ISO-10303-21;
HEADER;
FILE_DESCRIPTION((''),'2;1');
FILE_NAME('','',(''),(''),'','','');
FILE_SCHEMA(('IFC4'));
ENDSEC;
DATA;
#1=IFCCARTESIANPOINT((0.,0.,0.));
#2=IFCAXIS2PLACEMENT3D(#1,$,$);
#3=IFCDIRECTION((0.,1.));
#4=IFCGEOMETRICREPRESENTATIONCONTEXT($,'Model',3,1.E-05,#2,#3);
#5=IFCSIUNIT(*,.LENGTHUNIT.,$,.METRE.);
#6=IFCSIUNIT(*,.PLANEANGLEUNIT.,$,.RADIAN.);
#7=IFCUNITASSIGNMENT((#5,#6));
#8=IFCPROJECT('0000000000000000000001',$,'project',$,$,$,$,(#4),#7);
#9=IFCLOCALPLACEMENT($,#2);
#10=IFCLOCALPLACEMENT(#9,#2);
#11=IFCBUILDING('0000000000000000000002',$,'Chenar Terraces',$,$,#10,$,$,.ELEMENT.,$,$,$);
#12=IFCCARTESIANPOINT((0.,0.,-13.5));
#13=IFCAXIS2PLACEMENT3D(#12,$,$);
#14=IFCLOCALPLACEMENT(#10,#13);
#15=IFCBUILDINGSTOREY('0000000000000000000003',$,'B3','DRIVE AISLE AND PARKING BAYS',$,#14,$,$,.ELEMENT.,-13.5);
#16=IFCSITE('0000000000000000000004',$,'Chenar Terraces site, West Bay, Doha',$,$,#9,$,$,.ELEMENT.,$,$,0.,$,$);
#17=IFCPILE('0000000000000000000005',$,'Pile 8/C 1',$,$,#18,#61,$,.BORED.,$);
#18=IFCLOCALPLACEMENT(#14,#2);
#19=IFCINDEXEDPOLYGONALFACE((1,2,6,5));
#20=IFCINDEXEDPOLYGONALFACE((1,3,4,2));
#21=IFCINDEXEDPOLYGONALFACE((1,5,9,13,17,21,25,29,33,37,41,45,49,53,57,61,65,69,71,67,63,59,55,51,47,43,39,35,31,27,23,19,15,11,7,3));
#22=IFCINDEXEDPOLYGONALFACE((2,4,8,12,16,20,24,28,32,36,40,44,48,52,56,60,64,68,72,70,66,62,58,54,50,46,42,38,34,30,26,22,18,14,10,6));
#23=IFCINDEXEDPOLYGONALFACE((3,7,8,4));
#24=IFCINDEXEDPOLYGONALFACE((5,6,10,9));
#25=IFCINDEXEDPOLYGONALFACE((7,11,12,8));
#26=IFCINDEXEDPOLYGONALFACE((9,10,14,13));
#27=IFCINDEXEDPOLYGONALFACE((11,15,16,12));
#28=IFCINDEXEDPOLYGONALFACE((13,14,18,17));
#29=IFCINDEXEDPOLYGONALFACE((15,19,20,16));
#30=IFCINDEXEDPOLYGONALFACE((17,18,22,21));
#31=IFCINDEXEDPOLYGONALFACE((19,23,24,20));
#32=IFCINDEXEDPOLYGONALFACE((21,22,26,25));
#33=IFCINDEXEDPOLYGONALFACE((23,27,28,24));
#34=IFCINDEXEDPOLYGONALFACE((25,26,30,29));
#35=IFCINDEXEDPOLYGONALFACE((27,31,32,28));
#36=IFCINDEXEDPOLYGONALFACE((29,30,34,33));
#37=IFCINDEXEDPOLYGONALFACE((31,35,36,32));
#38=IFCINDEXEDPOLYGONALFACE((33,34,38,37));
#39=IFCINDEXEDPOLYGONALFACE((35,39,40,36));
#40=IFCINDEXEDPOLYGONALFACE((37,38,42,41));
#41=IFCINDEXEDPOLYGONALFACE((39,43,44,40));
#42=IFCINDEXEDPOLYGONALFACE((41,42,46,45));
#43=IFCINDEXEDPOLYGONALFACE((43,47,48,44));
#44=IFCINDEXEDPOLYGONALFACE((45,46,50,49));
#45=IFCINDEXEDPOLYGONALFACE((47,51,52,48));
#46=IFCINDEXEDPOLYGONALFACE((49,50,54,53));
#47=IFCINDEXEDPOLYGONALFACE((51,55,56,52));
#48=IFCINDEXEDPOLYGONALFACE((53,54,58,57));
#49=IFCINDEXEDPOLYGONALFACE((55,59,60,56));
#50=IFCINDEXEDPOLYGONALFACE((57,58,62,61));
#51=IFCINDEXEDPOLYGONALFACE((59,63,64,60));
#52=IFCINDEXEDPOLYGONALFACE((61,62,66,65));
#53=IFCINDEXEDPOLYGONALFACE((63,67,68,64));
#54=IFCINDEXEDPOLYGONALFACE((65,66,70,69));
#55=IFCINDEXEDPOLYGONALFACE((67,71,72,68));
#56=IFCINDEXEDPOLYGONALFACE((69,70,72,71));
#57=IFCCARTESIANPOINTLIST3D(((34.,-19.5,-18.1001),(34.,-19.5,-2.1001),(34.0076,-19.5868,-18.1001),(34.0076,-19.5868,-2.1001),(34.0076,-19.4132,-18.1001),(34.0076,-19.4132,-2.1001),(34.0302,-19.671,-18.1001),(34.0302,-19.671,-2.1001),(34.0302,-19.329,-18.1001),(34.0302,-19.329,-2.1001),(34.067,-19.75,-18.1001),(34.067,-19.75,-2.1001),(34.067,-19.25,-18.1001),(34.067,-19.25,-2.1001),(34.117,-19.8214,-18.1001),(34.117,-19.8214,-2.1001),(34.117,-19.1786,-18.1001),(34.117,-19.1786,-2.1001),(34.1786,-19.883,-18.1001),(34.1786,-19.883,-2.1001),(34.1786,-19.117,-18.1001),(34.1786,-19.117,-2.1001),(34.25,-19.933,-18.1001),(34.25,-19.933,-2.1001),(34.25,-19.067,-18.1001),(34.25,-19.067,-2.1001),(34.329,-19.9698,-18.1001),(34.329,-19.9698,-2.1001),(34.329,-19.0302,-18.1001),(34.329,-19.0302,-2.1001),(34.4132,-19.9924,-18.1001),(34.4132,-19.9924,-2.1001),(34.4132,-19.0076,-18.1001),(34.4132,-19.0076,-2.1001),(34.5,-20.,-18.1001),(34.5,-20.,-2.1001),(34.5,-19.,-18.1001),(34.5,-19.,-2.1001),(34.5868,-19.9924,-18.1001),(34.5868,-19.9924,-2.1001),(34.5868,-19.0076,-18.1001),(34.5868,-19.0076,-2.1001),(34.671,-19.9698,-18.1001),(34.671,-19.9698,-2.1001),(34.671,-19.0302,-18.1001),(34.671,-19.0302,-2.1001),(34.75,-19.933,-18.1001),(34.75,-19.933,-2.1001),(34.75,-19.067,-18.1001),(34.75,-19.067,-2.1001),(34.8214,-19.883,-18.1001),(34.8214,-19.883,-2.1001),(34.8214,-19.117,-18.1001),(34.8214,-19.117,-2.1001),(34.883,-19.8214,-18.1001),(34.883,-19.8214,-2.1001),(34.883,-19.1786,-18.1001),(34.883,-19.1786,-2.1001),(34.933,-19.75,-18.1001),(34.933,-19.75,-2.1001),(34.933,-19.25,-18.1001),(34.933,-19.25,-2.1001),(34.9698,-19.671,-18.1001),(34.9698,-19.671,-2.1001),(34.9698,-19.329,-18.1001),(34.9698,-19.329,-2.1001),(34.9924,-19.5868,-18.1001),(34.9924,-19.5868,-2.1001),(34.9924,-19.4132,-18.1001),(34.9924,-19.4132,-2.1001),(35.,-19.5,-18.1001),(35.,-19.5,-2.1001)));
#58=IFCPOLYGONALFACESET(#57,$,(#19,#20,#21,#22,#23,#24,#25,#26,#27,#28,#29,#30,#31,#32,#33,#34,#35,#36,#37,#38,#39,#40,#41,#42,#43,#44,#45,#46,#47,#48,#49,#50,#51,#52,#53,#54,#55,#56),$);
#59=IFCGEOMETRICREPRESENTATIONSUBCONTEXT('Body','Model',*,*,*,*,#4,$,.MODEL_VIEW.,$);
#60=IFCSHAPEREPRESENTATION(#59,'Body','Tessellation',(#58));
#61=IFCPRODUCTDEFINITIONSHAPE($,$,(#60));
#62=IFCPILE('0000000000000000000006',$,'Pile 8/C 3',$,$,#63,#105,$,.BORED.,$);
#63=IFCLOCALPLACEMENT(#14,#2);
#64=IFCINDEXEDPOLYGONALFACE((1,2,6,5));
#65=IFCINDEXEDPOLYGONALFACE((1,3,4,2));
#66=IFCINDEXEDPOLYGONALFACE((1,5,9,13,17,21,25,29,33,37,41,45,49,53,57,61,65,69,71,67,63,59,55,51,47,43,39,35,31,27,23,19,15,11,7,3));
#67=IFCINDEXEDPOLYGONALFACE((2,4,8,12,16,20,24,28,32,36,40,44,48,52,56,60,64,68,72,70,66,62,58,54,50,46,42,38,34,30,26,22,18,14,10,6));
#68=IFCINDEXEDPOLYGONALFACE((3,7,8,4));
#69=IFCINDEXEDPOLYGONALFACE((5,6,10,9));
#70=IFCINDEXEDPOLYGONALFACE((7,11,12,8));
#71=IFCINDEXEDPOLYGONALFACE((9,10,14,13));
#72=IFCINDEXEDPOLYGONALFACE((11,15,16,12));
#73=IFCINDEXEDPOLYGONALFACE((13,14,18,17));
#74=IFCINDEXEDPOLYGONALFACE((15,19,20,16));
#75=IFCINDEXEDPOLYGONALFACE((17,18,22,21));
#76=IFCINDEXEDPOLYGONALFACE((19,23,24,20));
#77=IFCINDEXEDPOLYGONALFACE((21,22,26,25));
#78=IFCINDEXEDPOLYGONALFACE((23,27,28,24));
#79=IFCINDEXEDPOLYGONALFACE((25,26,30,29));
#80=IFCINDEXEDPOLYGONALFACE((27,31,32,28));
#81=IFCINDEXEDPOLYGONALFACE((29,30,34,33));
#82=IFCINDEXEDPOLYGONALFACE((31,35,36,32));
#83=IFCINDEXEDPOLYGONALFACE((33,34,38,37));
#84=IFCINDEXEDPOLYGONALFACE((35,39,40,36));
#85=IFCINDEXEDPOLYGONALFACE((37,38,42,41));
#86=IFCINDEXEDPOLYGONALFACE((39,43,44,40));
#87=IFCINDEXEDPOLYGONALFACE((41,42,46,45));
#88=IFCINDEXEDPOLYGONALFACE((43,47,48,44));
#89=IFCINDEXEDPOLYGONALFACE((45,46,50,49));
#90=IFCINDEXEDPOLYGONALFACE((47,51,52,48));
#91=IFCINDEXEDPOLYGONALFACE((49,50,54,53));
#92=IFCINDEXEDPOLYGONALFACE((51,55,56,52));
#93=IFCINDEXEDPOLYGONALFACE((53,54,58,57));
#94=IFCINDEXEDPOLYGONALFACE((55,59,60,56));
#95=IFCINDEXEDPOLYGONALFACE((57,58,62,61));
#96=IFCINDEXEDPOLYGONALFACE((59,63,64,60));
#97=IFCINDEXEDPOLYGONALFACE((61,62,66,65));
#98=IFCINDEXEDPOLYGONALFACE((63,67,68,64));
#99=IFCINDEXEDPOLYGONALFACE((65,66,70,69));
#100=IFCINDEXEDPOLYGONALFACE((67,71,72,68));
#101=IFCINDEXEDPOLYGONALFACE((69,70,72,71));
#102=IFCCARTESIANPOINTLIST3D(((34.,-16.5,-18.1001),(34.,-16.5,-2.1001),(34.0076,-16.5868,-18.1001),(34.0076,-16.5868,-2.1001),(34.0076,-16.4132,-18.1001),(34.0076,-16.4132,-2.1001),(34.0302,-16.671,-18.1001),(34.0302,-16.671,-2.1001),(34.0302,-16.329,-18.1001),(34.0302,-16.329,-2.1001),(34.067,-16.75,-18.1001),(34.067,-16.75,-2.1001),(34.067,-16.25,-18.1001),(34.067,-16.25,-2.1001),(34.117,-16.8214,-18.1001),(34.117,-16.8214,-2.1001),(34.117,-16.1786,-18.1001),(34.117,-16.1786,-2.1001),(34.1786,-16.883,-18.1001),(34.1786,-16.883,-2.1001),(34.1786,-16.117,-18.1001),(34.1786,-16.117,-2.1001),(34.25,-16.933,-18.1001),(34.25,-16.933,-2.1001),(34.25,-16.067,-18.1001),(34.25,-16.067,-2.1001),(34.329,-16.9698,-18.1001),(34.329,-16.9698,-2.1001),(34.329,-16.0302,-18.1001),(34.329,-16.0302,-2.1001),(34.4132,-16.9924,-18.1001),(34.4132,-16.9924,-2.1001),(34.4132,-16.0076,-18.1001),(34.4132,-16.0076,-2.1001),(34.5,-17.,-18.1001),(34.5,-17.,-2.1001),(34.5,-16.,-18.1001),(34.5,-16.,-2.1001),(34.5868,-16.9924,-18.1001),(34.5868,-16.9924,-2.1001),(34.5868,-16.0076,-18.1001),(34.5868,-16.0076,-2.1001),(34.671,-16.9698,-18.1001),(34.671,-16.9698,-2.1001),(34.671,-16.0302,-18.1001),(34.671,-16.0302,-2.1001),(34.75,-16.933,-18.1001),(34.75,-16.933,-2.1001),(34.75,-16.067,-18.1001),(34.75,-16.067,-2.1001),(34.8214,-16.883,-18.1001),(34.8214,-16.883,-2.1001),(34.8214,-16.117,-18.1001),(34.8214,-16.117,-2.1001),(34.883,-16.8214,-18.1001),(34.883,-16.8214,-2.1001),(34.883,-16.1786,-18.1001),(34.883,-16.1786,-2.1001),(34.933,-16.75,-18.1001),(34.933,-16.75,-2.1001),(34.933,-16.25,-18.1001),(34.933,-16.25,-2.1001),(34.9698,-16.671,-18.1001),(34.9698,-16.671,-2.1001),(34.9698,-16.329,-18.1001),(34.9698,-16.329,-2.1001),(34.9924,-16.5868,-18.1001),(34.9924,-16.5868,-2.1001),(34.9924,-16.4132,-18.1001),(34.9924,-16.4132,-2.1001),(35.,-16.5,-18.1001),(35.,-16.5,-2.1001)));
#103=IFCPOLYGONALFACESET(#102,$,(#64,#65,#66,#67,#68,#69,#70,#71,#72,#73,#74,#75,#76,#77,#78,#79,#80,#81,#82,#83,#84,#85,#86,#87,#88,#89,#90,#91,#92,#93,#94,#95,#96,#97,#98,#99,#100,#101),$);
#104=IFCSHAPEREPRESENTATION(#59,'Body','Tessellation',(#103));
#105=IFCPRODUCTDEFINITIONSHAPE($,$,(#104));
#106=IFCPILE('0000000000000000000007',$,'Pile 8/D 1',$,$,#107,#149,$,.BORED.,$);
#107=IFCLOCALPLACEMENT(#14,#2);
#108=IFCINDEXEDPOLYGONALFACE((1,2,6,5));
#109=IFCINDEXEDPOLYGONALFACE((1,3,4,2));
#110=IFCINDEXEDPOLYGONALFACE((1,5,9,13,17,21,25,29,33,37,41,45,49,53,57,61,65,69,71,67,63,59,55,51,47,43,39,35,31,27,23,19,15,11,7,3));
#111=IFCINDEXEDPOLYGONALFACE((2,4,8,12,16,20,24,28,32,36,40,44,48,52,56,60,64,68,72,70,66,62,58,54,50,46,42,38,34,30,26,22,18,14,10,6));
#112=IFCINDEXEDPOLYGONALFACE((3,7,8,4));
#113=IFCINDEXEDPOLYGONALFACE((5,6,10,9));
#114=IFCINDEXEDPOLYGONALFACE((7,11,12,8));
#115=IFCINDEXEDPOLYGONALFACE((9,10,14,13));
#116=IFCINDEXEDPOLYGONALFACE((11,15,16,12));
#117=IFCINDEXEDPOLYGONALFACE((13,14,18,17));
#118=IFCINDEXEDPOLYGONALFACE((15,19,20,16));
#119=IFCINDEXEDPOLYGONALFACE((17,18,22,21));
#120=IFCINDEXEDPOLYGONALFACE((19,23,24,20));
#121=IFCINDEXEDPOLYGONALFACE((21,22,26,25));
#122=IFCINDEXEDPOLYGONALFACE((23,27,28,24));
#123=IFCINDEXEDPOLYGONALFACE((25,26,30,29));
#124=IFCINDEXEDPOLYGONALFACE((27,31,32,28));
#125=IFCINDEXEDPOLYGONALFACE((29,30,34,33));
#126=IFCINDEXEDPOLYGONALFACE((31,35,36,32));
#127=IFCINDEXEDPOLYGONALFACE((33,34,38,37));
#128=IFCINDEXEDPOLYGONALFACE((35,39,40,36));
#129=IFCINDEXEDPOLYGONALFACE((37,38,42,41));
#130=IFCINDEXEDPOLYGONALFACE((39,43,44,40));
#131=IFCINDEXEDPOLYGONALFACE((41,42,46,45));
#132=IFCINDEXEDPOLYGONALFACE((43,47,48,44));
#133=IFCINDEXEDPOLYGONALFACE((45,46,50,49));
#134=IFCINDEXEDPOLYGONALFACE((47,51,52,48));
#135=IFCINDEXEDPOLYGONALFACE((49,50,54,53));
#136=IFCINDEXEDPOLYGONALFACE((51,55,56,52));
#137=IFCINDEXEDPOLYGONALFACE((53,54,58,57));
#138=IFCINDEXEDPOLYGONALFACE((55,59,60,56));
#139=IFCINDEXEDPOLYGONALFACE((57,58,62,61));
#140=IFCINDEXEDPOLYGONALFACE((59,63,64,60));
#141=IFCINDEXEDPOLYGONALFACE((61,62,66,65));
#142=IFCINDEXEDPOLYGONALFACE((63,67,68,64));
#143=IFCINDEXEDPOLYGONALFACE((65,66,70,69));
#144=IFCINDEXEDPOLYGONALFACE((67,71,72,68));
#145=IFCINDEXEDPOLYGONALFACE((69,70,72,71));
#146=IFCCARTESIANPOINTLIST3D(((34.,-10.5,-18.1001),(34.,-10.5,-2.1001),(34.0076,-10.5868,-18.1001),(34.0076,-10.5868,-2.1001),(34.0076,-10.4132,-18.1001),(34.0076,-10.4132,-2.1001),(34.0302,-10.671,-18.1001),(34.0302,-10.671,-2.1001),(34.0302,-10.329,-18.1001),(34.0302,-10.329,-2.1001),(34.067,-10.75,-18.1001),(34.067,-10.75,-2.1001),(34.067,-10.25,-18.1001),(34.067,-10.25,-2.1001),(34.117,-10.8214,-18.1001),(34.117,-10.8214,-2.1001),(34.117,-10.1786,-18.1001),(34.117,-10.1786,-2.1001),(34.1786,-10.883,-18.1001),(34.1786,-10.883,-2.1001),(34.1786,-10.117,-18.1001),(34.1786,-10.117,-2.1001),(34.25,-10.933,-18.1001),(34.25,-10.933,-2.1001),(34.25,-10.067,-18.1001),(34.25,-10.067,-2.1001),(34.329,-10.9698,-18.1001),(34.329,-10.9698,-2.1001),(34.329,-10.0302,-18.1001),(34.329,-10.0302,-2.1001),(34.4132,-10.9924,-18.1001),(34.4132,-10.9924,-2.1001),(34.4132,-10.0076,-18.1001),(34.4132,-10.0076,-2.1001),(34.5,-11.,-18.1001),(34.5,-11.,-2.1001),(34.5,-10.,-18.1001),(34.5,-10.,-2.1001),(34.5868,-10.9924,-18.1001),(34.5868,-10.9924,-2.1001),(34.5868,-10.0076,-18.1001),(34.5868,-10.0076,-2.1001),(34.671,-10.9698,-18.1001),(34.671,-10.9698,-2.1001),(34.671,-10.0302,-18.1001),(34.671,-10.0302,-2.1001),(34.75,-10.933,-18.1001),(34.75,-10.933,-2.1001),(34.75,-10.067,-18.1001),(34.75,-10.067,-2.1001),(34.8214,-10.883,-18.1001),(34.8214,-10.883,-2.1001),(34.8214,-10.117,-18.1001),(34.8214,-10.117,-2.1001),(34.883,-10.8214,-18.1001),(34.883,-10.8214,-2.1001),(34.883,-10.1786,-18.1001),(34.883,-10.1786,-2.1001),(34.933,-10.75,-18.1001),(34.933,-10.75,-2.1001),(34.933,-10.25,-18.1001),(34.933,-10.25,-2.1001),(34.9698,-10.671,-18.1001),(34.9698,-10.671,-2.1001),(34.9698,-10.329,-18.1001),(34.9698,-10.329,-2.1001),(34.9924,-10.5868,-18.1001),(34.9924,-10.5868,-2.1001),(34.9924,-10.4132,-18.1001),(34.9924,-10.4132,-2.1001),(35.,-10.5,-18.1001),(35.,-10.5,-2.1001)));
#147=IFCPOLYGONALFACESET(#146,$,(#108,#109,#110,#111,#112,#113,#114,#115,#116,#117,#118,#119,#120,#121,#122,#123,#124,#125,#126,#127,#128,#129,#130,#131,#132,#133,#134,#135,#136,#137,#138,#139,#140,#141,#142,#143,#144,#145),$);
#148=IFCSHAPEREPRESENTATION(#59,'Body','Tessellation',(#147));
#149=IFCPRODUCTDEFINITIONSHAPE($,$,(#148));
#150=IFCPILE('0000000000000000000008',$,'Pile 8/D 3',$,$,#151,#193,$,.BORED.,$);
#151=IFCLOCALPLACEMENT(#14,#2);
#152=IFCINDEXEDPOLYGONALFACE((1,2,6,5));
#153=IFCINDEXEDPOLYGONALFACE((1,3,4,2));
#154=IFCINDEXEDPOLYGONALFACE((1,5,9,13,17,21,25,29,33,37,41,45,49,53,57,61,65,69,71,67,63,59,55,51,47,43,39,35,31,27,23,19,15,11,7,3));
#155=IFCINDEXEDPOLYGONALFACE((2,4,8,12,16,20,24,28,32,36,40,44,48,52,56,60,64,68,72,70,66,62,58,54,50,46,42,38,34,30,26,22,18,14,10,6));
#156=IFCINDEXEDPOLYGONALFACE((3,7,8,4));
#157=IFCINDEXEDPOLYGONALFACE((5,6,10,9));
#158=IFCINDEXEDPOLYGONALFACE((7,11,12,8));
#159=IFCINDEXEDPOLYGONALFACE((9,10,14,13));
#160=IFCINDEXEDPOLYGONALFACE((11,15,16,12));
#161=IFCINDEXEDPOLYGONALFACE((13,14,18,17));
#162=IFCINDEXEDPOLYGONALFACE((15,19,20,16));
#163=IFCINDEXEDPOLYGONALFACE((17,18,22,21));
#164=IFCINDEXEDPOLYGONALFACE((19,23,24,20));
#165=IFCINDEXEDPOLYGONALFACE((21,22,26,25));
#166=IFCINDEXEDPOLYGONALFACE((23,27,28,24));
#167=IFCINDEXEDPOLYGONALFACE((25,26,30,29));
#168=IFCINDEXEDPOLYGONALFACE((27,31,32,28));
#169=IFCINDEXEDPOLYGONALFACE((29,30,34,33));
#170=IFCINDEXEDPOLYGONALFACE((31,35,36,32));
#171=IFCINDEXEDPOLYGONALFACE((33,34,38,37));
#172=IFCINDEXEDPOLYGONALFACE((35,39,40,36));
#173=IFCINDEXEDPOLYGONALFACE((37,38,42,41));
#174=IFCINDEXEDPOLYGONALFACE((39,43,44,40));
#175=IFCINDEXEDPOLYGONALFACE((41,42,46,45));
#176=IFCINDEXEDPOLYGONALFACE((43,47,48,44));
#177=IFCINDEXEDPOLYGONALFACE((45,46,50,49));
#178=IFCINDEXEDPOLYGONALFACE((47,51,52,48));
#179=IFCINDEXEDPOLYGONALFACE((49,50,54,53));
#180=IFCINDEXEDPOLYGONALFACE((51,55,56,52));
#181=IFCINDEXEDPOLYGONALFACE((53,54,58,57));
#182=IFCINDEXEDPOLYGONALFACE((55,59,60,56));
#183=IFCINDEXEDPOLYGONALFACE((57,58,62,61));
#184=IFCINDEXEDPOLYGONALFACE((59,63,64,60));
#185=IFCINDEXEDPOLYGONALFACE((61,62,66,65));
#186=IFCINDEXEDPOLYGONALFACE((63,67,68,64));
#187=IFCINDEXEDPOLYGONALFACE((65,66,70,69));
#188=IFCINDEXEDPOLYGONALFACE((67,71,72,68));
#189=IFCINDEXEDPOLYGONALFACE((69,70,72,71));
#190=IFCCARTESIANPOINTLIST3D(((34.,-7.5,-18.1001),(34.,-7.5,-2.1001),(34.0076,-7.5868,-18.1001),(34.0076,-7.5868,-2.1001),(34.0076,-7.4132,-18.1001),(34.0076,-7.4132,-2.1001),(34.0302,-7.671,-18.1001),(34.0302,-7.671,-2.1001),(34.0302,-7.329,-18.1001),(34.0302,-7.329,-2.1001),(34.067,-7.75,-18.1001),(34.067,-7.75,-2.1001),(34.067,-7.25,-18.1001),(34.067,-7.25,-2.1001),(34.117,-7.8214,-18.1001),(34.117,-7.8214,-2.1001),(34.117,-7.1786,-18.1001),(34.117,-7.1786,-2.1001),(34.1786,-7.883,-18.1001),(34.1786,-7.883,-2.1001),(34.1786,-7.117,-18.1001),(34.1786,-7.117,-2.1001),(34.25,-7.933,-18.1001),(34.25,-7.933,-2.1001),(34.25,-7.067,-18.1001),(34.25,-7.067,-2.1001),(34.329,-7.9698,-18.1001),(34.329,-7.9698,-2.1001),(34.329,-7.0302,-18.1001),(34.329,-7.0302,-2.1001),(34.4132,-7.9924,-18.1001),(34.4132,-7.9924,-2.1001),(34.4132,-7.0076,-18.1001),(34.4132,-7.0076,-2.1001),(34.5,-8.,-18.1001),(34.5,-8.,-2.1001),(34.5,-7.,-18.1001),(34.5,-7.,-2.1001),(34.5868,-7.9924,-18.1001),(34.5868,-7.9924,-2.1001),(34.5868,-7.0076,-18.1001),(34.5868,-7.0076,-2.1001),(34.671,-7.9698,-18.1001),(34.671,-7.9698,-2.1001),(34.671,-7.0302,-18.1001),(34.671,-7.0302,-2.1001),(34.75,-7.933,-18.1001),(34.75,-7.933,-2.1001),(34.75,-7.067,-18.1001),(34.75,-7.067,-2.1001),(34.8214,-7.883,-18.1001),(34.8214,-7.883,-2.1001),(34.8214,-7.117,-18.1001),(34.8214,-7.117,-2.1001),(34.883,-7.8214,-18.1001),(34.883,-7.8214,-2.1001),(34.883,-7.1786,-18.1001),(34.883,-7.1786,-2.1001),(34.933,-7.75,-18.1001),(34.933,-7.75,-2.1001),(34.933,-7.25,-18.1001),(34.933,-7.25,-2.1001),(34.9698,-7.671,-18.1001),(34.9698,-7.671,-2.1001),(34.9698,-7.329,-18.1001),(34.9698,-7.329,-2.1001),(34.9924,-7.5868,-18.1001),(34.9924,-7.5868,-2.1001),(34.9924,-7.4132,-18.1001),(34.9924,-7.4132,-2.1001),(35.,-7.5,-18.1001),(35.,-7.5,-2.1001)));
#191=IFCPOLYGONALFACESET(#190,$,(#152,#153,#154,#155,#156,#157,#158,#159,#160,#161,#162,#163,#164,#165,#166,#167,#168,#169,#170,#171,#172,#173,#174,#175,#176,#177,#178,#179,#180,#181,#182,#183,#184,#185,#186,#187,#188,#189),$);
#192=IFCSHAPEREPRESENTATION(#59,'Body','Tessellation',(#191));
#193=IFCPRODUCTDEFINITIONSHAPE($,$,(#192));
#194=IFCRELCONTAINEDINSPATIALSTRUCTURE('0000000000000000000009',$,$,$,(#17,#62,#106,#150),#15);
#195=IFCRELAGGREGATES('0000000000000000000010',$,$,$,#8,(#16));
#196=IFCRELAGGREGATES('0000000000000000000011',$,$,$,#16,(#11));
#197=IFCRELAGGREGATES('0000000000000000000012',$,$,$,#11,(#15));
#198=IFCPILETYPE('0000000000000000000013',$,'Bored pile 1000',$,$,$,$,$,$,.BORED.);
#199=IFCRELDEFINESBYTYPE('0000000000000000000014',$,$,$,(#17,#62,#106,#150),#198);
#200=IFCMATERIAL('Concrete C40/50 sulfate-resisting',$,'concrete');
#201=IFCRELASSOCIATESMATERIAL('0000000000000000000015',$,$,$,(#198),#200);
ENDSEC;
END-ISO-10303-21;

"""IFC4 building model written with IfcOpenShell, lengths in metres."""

from ifc_helpers import new_model, si_unit, direction, frame, origin, origin_2d, place, context, subcontext, project, spatial, circle, extrude, material, material_profile, profile_set, type_object, element, save


model = new_model("IFC4")

# Units and contexts
model_context = context("Model", 3, precision=1e-05, world=origin(), true_north=direction((0.0, 1.0)))
body_context = subcontext(model_context, "Body", "Model", "MODEL_VIEW")
ifc_project = project(units=[si_unit("LENGTHUNIT", "METRE"), si_unit("PLANEANGLEUNIT", "RADIAN")], contexts=[model_context])

# Site, building, storey
site_placement = place(None, origin())
site = spatial("IfcSite", under=ifc_project, at=site_placement, Name="Chenar Terraces site, West Bay, Doha", CompositionType="ELEMENT", RefElevation=0.0)
building_placement = place(site_placement, origin())
building = spatial("IfcBuilding", under=site, at=building_placement, Name="Chenar Terraces", CompositionType="ELEMENT")
storey_placement = place(building_placement, frame((0.0, 0.0, -13.5)))
storey = spatial("IfcBuildingStorey", under=building, at=storey_placement, Name="B3", Description="DRIVE AISLE AND PARKING BAYS", CompositionType="ELEMENT", Elevation=-13.5)

# Piles
ifc_material_1 = material(Name="Concrete C40/50 sulfate-resisting", Category="concrete")
ifc_material_profile_1 = material_profile(ifc_material_1, circle(Radius=0.5, at=origin_2d()), Name="BP 1000")
ifc_profile_set_1 = profile_set([ifc_material_profile_1], Name="Concrete C40/50 sulfate-resisting")
pile_type_1 = type_object("IfcPileType", Name="Bored pile 1000", PredefinedType="BORED", material=ifc_profile_set_1)
for number, where, z_axis, x_axis, name in (
    (1, (34.5, -19.5, -2.1001), (0.0, 0.0, -1.0), (1.0, 0.0, 0.0), "Pile 8/C 1"),
    (2, (34.5, -16.5, -2.1001), (0.0, 0.0, -1.0), (1.0, 0.0, 0.0), "Pile 8/C 3"),
    (3, (34.5, -10.5, -2.1001), (0.0, 0.0, -1.0), (1.0, 0.0, 0.0), "Pile 8/D 1"),
    (4, (34.5, -7.5, -2.1001), (0.0, 0.0, -1.0), (1.0, 0.0, 0.0), "Pile 8/D 3"),
):
    element("IfcPile", number, at=place(storey_placement, frame(where, z_axis=z_axis, x_axis=x_axis)), inside=storey, type_object=pile_type_1, Name=name, PredefinedType="BORED", context=body_context, shape_type="SweptSolid", body=[
        extrude(circle(Radius=0.5, at=origin_2d()), origin(), (0.0, 0.0, 1.0), 16.0),
    ])

save(model, "model.ifc")
